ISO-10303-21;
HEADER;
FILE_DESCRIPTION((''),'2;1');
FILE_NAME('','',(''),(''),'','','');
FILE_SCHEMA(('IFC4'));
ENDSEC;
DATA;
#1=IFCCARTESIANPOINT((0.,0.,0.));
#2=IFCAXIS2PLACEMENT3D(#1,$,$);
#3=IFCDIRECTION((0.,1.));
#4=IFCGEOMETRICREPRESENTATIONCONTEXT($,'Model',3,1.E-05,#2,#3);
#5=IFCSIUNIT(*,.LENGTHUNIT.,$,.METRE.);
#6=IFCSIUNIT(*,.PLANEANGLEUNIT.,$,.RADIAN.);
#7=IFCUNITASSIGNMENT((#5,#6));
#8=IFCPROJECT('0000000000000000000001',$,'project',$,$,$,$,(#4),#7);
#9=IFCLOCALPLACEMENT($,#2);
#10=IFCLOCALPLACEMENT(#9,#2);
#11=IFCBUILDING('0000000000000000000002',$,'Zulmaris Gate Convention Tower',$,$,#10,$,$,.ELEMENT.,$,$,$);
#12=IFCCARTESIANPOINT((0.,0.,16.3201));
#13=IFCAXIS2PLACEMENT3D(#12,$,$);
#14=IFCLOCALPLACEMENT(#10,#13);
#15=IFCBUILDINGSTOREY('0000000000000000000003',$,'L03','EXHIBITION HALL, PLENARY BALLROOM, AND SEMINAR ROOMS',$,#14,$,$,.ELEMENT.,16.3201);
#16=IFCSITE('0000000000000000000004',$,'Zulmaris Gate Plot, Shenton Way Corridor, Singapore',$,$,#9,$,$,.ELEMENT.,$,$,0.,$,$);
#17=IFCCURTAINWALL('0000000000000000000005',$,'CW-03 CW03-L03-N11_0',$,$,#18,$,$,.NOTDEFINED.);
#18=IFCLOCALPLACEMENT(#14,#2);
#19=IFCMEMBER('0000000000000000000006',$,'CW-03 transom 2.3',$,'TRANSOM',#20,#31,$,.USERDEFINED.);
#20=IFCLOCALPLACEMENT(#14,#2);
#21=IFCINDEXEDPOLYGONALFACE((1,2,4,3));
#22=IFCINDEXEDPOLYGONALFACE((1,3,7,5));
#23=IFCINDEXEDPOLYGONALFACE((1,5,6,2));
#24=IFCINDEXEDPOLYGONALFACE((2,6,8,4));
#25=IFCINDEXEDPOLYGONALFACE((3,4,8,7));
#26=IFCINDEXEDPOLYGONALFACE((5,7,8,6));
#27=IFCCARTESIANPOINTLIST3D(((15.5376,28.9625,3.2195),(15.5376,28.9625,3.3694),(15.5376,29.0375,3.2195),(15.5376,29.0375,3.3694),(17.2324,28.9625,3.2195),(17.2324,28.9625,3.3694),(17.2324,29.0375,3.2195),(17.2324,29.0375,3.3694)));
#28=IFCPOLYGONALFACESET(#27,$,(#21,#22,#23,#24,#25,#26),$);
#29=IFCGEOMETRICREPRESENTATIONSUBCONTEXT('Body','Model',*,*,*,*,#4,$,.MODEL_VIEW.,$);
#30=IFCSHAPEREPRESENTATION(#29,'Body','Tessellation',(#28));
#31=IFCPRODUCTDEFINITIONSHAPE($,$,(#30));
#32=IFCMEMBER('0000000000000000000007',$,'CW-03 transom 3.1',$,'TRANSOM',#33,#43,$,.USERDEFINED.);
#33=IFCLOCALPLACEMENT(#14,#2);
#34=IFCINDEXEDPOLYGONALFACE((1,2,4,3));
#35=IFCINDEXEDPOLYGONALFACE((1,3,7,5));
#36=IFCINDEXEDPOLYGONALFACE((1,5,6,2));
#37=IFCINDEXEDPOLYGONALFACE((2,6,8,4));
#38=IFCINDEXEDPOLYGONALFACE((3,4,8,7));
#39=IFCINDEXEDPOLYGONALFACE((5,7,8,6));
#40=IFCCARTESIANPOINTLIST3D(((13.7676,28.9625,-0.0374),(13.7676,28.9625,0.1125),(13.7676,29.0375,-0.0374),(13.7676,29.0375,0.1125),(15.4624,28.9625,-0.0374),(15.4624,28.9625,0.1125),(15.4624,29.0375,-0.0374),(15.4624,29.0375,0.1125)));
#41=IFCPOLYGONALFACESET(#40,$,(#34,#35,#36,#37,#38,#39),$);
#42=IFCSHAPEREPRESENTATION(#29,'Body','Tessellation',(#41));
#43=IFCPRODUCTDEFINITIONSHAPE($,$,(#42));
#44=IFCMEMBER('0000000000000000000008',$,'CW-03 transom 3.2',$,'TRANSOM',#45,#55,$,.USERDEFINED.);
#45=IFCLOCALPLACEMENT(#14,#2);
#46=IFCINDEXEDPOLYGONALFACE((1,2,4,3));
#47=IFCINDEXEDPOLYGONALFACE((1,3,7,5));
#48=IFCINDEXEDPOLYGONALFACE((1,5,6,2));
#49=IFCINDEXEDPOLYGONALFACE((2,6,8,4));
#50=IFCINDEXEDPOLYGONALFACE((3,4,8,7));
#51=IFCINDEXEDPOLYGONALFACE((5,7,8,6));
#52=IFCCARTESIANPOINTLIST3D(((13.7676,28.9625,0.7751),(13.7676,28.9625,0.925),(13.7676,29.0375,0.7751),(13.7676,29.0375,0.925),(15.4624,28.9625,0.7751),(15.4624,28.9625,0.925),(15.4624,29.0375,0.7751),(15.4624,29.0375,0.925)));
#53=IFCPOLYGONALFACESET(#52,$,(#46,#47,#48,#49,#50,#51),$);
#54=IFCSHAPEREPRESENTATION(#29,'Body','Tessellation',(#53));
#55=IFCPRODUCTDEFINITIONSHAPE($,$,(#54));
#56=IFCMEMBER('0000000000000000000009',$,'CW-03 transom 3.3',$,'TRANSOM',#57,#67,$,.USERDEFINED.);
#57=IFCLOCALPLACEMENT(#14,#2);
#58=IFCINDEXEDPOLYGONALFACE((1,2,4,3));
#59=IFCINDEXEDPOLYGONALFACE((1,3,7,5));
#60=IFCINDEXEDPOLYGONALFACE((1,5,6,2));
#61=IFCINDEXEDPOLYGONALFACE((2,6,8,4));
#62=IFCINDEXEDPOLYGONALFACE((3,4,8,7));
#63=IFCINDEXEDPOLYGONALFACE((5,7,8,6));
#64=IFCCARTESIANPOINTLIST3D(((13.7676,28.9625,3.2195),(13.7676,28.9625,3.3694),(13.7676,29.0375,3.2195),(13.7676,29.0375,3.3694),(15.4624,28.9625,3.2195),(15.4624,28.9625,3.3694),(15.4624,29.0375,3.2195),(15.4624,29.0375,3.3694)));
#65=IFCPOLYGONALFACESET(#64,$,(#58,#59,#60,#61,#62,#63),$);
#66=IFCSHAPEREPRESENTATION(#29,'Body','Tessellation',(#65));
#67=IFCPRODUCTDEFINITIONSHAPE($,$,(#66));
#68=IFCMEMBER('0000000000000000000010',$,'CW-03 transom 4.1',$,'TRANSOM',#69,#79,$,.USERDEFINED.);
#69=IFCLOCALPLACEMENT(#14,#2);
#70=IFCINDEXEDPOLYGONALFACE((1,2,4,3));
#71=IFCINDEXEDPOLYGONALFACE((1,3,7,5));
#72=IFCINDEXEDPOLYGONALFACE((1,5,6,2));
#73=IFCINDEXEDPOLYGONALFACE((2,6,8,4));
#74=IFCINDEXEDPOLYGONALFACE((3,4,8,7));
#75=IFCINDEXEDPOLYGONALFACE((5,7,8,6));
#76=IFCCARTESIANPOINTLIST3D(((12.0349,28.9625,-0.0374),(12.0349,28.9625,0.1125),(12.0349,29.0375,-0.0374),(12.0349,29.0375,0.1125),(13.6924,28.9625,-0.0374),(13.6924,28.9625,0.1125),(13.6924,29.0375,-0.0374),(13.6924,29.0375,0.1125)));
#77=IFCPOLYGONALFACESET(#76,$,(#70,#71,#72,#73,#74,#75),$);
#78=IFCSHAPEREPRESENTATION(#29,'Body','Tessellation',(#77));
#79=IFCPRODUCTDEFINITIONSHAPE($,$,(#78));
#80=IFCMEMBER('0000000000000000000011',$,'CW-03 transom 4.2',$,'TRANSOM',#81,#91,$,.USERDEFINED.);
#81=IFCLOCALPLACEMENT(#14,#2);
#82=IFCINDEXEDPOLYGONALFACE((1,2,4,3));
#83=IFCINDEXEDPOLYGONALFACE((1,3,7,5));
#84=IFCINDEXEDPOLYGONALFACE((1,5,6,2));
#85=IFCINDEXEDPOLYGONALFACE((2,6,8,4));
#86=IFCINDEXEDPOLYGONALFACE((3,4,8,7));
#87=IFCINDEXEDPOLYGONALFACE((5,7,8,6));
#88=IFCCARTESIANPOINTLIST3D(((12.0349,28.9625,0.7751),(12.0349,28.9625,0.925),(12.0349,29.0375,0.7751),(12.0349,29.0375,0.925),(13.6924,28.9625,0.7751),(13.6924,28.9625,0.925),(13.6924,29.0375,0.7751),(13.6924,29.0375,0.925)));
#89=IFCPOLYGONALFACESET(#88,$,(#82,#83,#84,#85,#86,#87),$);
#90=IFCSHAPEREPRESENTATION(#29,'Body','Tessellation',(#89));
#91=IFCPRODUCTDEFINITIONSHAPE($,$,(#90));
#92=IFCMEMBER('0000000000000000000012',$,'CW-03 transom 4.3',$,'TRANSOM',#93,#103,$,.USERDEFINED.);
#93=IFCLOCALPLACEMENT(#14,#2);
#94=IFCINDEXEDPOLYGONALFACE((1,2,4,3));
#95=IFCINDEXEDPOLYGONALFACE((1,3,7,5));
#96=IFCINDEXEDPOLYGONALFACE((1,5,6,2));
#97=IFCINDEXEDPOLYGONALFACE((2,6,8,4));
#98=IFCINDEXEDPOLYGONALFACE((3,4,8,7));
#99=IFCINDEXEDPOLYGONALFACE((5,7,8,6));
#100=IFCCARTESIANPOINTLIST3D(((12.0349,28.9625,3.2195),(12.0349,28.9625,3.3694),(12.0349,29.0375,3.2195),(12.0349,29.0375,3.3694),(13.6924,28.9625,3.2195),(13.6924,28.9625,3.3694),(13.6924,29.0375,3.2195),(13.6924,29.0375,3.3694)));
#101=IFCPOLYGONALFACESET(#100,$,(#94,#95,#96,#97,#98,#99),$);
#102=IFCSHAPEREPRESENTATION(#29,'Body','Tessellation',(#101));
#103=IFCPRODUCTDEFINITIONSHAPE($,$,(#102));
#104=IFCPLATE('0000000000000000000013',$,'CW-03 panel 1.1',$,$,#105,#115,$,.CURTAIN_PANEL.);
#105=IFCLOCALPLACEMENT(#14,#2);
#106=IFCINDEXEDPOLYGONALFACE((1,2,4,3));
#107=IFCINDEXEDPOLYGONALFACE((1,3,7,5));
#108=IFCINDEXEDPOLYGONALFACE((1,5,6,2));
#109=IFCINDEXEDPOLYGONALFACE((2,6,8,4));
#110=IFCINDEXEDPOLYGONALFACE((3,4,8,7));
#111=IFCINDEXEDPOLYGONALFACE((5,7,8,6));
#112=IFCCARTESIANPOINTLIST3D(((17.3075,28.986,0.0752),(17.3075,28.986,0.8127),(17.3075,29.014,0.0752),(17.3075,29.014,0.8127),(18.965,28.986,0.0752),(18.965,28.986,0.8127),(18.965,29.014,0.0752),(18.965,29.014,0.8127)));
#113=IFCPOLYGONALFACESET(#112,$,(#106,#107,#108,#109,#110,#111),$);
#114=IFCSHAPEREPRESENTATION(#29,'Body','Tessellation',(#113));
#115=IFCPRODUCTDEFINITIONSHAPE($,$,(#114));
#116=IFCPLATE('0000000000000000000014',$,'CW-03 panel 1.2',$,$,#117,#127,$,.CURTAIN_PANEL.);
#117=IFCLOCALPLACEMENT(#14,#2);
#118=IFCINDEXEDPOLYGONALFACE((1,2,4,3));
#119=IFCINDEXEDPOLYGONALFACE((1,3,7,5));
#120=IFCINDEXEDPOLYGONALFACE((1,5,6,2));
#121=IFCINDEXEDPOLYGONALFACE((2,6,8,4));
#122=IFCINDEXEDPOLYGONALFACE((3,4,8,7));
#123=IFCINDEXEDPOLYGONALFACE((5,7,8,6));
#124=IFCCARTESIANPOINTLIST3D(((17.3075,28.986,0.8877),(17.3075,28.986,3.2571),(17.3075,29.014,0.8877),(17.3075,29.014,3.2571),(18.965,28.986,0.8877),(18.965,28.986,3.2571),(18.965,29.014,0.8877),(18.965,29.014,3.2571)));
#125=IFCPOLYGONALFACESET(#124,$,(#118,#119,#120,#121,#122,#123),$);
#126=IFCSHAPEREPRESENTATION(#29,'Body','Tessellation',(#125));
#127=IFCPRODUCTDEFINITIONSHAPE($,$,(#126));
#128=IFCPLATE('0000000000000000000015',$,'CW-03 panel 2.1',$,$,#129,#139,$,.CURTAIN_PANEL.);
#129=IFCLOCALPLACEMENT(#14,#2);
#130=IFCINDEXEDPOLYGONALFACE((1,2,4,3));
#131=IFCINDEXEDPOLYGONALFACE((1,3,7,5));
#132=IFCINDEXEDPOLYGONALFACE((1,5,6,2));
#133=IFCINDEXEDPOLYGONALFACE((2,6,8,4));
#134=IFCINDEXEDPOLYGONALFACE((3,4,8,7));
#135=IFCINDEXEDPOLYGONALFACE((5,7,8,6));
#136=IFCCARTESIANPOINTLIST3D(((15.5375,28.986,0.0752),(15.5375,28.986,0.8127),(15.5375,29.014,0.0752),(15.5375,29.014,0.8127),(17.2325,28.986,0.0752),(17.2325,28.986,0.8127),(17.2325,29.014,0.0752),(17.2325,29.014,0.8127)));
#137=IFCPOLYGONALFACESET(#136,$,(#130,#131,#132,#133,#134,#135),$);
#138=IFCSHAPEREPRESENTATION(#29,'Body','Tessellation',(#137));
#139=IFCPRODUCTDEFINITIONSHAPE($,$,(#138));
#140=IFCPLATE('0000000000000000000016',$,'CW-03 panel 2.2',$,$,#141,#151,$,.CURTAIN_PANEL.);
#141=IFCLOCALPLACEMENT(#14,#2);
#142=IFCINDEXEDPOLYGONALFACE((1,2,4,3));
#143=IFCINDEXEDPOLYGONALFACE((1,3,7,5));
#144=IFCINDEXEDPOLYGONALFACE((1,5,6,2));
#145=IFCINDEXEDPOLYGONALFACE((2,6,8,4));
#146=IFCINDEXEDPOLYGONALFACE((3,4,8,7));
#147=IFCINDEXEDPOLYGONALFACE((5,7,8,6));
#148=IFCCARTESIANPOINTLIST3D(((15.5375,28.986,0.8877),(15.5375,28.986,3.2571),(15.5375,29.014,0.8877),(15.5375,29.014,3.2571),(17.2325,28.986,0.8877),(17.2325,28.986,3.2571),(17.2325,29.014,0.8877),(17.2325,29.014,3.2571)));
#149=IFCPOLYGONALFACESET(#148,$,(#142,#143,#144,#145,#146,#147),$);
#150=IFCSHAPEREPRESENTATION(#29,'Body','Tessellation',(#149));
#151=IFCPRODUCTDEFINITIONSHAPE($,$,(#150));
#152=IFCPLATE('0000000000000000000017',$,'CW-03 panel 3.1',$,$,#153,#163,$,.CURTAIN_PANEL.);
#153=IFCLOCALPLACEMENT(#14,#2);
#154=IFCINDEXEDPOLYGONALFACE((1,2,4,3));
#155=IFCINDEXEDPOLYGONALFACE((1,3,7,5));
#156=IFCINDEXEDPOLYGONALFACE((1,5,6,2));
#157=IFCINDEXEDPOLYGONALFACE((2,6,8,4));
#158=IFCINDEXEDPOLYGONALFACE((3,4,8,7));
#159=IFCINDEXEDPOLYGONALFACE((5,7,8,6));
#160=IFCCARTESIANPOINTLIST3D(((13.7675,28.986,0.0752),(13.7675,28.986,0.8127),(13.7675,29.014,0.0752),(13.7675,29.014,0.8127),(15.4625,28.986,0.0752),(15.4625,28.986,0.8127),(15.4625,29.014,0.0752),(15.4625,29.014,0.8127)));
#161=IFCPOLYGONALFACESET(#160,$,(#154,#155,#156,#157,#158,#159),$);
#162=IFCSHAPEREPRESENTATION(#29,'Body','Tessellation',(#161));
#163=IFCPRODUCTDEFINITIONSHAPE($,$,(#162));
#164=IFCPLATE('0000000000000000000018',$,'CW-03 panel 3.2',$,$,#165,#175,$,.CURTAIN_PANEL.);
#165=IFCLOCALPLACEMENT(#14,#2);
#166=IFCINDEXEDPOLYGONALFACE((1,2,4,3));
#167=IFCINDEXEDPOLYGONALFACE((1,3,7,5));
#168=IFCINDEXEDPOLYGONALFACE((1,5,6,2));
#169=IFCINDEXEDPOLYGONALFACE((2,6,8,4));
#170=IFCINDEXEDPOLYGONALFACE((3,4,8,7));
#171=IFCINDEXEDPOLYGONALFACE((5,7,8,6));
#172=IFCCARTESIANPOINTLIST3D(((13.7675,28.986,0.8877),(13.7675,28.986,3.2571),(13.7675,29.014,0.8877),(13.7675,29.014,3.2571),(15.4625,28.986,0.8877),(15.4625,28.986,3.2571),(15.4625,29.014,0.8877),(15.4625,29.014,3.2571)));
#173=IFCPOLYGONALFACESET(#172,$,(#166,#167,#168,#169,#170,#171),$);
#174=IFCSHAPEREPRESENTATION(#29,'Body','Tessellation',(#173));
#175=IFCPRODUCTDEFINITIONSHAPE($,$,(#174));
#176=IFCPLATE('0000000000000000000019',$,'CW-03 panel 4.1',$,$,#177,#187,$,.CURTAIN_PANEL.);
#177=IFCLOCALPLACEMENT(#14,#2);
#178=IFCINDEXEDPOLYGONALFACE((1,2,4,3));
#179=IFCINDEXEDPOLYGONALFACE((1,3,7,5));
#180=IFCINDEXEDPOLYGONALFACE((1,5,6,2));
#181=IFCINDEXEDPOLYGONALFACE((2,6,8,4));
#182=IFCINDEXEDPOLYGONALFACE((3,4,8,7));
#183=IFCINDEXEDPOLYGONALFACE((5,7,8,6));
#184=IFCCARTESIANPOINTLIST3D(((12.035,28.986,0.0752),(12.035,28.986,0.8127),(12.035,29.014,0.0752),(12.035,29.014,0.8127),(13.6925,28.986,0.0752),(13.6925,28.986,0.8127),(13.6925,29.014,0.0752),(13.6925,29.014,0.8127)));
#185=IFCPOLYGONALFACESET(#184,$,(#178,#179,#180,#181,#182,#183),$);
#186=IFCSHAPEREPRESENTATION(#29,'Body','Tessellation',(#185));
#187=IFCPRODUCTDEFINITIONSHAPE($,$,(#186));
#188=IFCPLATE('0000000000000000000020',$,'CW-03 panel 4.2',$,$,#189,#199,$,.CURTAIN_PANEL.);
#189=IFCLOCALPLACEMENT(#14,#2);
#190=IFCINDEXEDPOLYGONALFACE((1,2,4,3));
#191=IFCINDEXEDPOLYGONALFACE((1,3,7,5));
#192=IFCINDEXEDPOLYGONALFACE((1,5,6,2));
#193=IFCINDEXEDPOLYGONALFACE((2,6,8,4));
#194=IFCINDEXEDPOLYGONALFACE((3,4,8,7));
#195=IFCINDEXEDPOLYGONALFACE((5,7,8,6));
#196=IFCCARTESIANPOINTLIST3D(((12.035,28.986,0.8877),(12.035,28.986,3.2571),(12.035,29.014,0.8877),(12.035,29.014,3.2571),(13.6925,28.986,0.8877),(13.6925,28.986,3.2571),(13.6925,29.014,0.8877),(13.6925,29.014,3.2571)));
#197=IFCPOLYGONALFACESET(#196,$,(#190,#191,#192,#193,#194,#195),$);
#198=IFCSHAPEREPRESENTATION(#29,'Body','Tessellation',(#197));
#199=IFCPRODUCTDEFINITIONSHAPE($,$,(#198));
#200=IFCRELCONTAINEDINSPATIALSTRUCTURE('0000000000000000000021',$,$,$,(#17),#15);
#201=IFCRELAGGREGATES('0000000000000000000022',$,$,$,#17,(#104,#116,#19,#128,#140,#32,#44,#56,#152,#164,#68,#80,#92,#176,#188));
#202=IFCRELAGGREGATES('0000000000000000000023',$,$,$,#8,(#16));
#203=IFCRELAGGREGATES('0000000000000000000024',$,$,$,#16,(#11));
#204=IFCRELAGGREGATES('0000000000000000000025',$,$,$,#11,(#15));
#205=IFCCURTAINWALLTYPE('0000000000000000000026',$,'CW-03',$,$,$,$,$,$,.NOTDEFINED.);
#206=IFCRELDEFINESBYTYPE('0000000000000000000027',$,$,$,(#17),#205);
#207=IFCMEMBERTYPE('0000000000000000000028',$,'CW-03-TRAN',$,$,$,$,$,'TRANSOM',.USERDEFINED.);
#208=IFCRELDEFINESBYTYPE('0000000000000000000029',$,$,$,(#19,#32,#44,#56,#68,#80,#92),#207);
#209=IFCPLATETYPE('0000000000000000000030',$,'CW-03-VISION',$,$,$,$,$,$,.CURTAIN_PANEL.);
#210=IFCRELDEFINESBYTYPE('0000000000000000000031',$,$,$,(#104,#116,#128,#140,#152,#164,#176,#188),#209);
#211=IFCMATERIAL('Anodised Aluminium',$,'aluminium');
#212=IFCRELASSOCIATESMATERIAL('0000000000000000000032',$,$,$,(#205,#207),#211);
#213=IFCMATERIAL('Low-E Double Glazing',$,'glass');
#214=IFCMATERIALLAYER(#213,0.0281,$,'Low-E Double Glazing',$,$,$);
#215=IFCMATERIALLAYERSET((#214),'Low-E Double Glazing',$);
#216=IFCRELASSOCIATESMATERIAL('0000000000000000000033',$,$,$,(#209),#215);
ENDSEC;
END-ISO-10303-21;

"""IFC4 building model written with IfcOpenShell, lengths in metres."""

from ifc_helpers import new_model, si_unit, direction, frame, origin, origin_2d, place, context, subcontext, project, spatial, rectangle, extrude, material, layer, layer_set, material_profile, profile_set, type_object, element, aggregate, save


model = new_model("IFC4")

# Units and contexts
model_context = context("Model", 3, precision=1e-05, world=origin(), true_north=direction((0.0, 1.0)))
body_context = subcontext(model_context, "Body", "Model", "MODEL_VIEW")
ifc_project = project(units=[si_unit("LENGTHUNIT", "METRE"), si_unit("PLANEANGLEUNIT", "RADIAN")], contexts=[model_context])

# Site, building, storey
site_placement = place(None, origin())
site = spatial("IfcSite", under=ifc_project, at=site_placement, Name="Zulmaris Gate Plot, Shenton Way Corridor, Singapore", CompositionType="ELEMENT", RefElevation=0.0)
building_placement = place(site_placement, origin())
building = spatial("IfcBuilding", under=site, at=building_placement, Name="Zulmaris Gate Convention Tower", CompositionType="ELEMENT")
storey_placement = place(building_placement, frame((0.0, 0.0, 16.3201)))
storey = spatial("IfcBuildingStorey", under=building, at=storey_placement, Name="L03", Description="EXHIBITION HALL, PLENARY BALLROOM, AND SEMINAR ROOMS", CompositionType="ELEMENT", Elevation=16.3201)

# Curtain wall, members, plates
ifc_material_1 = material(Name="Anodised Aluminium", Category="aluminium")
curtain_wall_type = type_object("IfcCurtainWallType", Name="CW-03", PredefinedType="NOTDEFINED", material=ifc_material_1)
curtain_wall_placement = place(storey_placement, origin())
curtain_wall = element("IfcCurtainWall", 1, at=curtain_wall_placement, inside=storey, type_object=curtain_wall_type, Name="CW-03 CW03-L03-N11_0", PredefinedType="NOTDEFINED")
ifc_material_profile_1 = material_profile(ifc_material_1, rectangle(XDim=0.075, YDim=0.1499, at=origin_2d()), Name="ALU TRANSOM 75x150")
ifc_profile_set_1 = profile_set([ifc_material_profile_1], Name="Anodised Aluminium")
member_type_1 = type_object("IfcMemberType", Name="CW-03-TRAN", ElementType="TRANSOM", PredefinedType="USERDEFINED", material=ifc_profile_set_1)
member_1_placement = place(storey_placement, frame((17.2324, 29.0, 3.2944), z_axis=(-1.0, 0.0, 0.0), x_axis=(0.0, -1.0, 0.0)))
member_1 = element("IfcMember", 2, at=member_1_placement, type_object=member_type_1, Name="CW-03 transom 2.3", ObjectType="TRANSOM", PredefinedType="USERDEFINED", context=body_context, shape_type="SweptSolid", body=[
    extrude(rectangle(XDim=0.075, YDim=0.1499, at=origin_2d()), origin(), (0.0, 0.0, 1.0), 1.6948),
])
member_2_placement = place(storey_placement, frame((15.4624, 29.0, 0.0376), z_axis=(-1.0, 0.0, 0.0), x_axis=(0.0, -1.0, 0.0)))
member_2 = element("IfcMember", 3, at=member_2_placement, type_object=member_type_1, Name="CW-03 transom 3.1", ObjectType="TRANSOM", PredefinedType="USERDEFINED", context=body_context, shape_type="SweptSolid", body=[
    extrude(rectangle(XDim=0.075, YDim=0.1499, at=origin_2d()), origin(), (0.0, 0.0, 1.0), 1.6948),
])
member_3_placement = place(storey_placement, frame((15.4624, 29.0, 0.8501), z_axis=(-1.0, 0.0, 0.0), x_axis=(0.0, -1.0, 0.0)))
member_3 = element("IfcMember", 4, at=member_3_placement, type_object=member_type_1, Name="CW-03 transom 3.2", ObjectType="TRANSOM", PredefinedType="USERDEFINED", context=body_context, shape_type="SweptSolid", body=[
    extrude(rectangle(XDim=0.075, YDim=0.1499, at=origin_2d()), origin(), (0.0, 0.0, 1.0), 1.6948),
])
member_4_placement = place(storey_placement, frame((15.4624, 29.0, 3.2944), z_axis=(-1.0, 0.0, 0.0), x_axis=(0.0, -1.0, 0.0)))
member_4 = element("IfcMember", 5, at=member_4_placement, type_object=member_type_1, Name="CW-03 transom 3.3", ObjectType="TRANSOM", PredefinedType="USERDEFINED", context=body_context, shape_type="SweptSolid", body=[
    extrude(rectangle(XDim=0.075, YDim=0.1499, at=origin_2d()), origin(), (0.0, 0.0, 1.0), 1.6948),
])
member_5_placement = place(storey_placement, frame((13.6924, 29.0, 0.0376), z_axis=(-1.0, 0.0, 0.0), x_axis=(0.0, -1.0, 0.0)))
member_5 = element("IfcMember", 6, at=member_5_placement, type_object=member_type_1, Name="CW-03 transom 4.1", ObjectType="TRANSOM", PredefinedType="USERDEFINED", context=body_context, shape_type="SweptSolid", body=[
    extrude(rectangle(XDim=0.075, YDim=0.1499, at=origin_2d()), origin(), (0.0, 0.0, 1.0), 1.6575),
])
member_6_placement = place(storey_placement, frame((13.6924, 29.0, 0.8501), z_axis=(-1.0, 0.0, 0.0), x_axis=(0.0, -1.0, 0.0)))
member_6 = element("IfcMember", 7, at=member_6_placement, type_object=member_type_1, Name="CW-03 transom 4.2", ObjectType="TRANSOM", PredefinedType="USERDEFINED", context=body_context, shape_type="SweptSolid", body=[
    extrude(rectangle(XDim=0.075, YDim=0.1499, at=origin_2d()), origin(), (0.0, 0.0, 1.0), 1.6575),
])
member_7_placement = place(storey_placement, frame((13.6924, 29.0, 3.2944), z_axis=(-1.0, 0.0, 0.0), x_axis=(0.0, -1.0, 0.0)))
member_7 = element("IfcMember", 8, at=member_7_placement, type_object=member_type_1, Name="CW-03 transom 4.3", ObjectType="TRANSOM", PredefinedType="USERDEFINED", context=body_context, shape_type="SweptSolid", body=[
    extrude(rectangle(XDim=0.075, YDim=0.1499, at=origin_2d()), origin(), (0.0, 0.0, 1.0), 1.6575),
])
ifc_material_2 = material(Name="Low-E Double Glazing", Category="glass")
ifc_layer_1 = layer(ifc_material_2, 0.0281, Name="Low-E Double Glazing")
ifc_layer_set_1 = layer_set([ifc_layer_1], Name="Low-E Double Glazing")
plate_type = type_object("IfcPlateType", Name="CW-03-VISION", PredefinedType="CURTAIN_PANEL", material=ifc_layer_set_1)
plate_1_placement = place(storey_placement, frame((18.1362, 29.0, 0.0752), z_axis=(0.0, 0.0, 1.0), x_axis=(-1.0, 0.0, 0.0)))
plate_1 = element("IfcPlate", 9, at=plate_1_placement, type_object=plate_type, Name="CW-03 panel 1.1", PredefinedType="CURTAIN_PANEL", context=body_context, shape_type="SweptSolid", body=[
    extrude(rectangle(XDim=1.6575, YDim=0.0281, at=origin_2d()), origin(), (0.0, 0.0, 1.0), 0.7375),
])
plate_2_placement = place(storey_placement, frame((18.1362, 29.0, 0.8877), z_axis=(0.0, 0.0, 1.0), x_axis=(-1.0, 0.0, 0.0)))
plate_2 = element("IfcPlate", 10, at=plate_2_placement, type_object=plate_type, Name="CW-03 panel 1.2", PredefinedType="CURTAIN_PANEL", context=body_context, shape_type="SweptSolid", body=[
    extrude(rectangle(XDim=1.6575, YDim=0.0281, at=origin_2d()), origin(), (0.0, 0.0, 1.0), 2.3694),
])
plate_3_placement = place(storey_placement, frame((16.385, 29.0, 0.0752), z_axis=(0.0, 0.0, 1.0), x_axis=(-1.0, 0.0, 0.0)))
plate_3 = element("IfcPlate", 11, at=plate_3_placement, type_object=plate_type, Name="CW-03 panel 2.1", PredefinedType="CURTAIN_PANEL", context=body_context, shape_type="SweptSolid", body=[
    extrude(rectangle(XDim=1.6951, YDim=0.0281, at=origin_2d()), origin(), (0.0, 0.0, 1.0), 0.7375),
])
plate_4_placement = place(storey_placement, frame((16.385, 29.0, 0.8877), z_axis=(0.0, 0.0, 1.0), x_axis=(-1.0, 0.0, 0.0)))
plate_4 = element("IfcPlate", 12, at=plate_4_placement, type_object=plate_type, Name="CW-03 panel 2.2", PredefinedType="CURTAIN_PANEL", context=body_context, shape_type="SweptSolid", body=[
    extrude(rectangle(XDim=1.6951, YDim=0.0281, at=origin_2d()), origin(), (0.0, 0.0, 1.0), 2.3694),
])
plate_5_placement = place(storey_placement, frame((14.615, 29.0, 0.0752), z_axis=(0.0, 0.0, 1.0), x_axis=(-1.0, 0.0, 0.0)))
plate_5 = element("IfcPlate", 13, at=plate_5_placement, type_object=plate_type, Name="CW-03 panel 3.1", PredefinedType="CURTAIN_PANEL", context=body_context, shape_type="SweptSolid", body=[
    extrude(rectangle(XDim=1.6951, YDim=0.0281, at=origin_2d()), origin(), (0.0, 0.0, 1.0), 0.7375),
])
plate_6_placement = place(storey_placement, frame((14.615, 29.0, 0.8877), z_axis=(0.0, 0.0, 1.0), x_axis=(-1.0, 0.0, 0.0)))
plate_6 = element("IfcPlate", 14, at=plate_6_placement, type_object=plate_type, Name="CW-03 panel 3.2", PredefinedType="CURTAIN_PANEL", context=body_context, shape_type="SweptSolid", body=[
    extrude(rectangle(XDim=1.6951, YDim=0.0281, at=origin_2d()), origin(), (0.0, 0.0, 1.0), 2.3694),
])
plate_7_placement = place(storey_placement, frame((12.8638, 29.0, 0.0752), z_axis=(0.0, 0.0, 1.0), x_axis=(-1.0, 0.0, 0.0)))
plate_7 = element("IfcPlate", 15, at=plate_7_placement, type_object=plate_type, Name="CW-03 panel 4.1", PredefinedType="CURTAIN_PANEL", context=body_context, shape_type="SweptSolid", body=[
    extrude(rectangle(XDim=1.6575, YDim=0.0281, at=origin_2d()), origin(), (0.0, 0.0, 1.0), 0.7375),
])
plate_8_placement = place(storey_placement, frame((12.8638, 29.0, 0.8877), z_axis=(0.0, 0.0, 1.0), x_axis=(-1.0, 0.0, 0.0)))
plate_8 = element("IfcPlate", 16, at=plate_8_placement, type_object=plate_type, Name="CW-03 panel 4.2", PredefinedType="CURTAIN_PANEL", context=body_context, shape_type="SweptSolid", body=[
    extrude(rectangle(XDim=1.6575, YDim=0.0281, at=origin_2d()), origin(), (0.0, 0.0, 1.0), 2.3694),
])
aggregate(curtain_wall, [plate_1, plate_2, member_1, plate_3, plate_4, member_2, member_3, member_4, plate_5, plate_6, member_5, member_6, member_7, plate_7, plate_8])

save(model, "model.ifc")
